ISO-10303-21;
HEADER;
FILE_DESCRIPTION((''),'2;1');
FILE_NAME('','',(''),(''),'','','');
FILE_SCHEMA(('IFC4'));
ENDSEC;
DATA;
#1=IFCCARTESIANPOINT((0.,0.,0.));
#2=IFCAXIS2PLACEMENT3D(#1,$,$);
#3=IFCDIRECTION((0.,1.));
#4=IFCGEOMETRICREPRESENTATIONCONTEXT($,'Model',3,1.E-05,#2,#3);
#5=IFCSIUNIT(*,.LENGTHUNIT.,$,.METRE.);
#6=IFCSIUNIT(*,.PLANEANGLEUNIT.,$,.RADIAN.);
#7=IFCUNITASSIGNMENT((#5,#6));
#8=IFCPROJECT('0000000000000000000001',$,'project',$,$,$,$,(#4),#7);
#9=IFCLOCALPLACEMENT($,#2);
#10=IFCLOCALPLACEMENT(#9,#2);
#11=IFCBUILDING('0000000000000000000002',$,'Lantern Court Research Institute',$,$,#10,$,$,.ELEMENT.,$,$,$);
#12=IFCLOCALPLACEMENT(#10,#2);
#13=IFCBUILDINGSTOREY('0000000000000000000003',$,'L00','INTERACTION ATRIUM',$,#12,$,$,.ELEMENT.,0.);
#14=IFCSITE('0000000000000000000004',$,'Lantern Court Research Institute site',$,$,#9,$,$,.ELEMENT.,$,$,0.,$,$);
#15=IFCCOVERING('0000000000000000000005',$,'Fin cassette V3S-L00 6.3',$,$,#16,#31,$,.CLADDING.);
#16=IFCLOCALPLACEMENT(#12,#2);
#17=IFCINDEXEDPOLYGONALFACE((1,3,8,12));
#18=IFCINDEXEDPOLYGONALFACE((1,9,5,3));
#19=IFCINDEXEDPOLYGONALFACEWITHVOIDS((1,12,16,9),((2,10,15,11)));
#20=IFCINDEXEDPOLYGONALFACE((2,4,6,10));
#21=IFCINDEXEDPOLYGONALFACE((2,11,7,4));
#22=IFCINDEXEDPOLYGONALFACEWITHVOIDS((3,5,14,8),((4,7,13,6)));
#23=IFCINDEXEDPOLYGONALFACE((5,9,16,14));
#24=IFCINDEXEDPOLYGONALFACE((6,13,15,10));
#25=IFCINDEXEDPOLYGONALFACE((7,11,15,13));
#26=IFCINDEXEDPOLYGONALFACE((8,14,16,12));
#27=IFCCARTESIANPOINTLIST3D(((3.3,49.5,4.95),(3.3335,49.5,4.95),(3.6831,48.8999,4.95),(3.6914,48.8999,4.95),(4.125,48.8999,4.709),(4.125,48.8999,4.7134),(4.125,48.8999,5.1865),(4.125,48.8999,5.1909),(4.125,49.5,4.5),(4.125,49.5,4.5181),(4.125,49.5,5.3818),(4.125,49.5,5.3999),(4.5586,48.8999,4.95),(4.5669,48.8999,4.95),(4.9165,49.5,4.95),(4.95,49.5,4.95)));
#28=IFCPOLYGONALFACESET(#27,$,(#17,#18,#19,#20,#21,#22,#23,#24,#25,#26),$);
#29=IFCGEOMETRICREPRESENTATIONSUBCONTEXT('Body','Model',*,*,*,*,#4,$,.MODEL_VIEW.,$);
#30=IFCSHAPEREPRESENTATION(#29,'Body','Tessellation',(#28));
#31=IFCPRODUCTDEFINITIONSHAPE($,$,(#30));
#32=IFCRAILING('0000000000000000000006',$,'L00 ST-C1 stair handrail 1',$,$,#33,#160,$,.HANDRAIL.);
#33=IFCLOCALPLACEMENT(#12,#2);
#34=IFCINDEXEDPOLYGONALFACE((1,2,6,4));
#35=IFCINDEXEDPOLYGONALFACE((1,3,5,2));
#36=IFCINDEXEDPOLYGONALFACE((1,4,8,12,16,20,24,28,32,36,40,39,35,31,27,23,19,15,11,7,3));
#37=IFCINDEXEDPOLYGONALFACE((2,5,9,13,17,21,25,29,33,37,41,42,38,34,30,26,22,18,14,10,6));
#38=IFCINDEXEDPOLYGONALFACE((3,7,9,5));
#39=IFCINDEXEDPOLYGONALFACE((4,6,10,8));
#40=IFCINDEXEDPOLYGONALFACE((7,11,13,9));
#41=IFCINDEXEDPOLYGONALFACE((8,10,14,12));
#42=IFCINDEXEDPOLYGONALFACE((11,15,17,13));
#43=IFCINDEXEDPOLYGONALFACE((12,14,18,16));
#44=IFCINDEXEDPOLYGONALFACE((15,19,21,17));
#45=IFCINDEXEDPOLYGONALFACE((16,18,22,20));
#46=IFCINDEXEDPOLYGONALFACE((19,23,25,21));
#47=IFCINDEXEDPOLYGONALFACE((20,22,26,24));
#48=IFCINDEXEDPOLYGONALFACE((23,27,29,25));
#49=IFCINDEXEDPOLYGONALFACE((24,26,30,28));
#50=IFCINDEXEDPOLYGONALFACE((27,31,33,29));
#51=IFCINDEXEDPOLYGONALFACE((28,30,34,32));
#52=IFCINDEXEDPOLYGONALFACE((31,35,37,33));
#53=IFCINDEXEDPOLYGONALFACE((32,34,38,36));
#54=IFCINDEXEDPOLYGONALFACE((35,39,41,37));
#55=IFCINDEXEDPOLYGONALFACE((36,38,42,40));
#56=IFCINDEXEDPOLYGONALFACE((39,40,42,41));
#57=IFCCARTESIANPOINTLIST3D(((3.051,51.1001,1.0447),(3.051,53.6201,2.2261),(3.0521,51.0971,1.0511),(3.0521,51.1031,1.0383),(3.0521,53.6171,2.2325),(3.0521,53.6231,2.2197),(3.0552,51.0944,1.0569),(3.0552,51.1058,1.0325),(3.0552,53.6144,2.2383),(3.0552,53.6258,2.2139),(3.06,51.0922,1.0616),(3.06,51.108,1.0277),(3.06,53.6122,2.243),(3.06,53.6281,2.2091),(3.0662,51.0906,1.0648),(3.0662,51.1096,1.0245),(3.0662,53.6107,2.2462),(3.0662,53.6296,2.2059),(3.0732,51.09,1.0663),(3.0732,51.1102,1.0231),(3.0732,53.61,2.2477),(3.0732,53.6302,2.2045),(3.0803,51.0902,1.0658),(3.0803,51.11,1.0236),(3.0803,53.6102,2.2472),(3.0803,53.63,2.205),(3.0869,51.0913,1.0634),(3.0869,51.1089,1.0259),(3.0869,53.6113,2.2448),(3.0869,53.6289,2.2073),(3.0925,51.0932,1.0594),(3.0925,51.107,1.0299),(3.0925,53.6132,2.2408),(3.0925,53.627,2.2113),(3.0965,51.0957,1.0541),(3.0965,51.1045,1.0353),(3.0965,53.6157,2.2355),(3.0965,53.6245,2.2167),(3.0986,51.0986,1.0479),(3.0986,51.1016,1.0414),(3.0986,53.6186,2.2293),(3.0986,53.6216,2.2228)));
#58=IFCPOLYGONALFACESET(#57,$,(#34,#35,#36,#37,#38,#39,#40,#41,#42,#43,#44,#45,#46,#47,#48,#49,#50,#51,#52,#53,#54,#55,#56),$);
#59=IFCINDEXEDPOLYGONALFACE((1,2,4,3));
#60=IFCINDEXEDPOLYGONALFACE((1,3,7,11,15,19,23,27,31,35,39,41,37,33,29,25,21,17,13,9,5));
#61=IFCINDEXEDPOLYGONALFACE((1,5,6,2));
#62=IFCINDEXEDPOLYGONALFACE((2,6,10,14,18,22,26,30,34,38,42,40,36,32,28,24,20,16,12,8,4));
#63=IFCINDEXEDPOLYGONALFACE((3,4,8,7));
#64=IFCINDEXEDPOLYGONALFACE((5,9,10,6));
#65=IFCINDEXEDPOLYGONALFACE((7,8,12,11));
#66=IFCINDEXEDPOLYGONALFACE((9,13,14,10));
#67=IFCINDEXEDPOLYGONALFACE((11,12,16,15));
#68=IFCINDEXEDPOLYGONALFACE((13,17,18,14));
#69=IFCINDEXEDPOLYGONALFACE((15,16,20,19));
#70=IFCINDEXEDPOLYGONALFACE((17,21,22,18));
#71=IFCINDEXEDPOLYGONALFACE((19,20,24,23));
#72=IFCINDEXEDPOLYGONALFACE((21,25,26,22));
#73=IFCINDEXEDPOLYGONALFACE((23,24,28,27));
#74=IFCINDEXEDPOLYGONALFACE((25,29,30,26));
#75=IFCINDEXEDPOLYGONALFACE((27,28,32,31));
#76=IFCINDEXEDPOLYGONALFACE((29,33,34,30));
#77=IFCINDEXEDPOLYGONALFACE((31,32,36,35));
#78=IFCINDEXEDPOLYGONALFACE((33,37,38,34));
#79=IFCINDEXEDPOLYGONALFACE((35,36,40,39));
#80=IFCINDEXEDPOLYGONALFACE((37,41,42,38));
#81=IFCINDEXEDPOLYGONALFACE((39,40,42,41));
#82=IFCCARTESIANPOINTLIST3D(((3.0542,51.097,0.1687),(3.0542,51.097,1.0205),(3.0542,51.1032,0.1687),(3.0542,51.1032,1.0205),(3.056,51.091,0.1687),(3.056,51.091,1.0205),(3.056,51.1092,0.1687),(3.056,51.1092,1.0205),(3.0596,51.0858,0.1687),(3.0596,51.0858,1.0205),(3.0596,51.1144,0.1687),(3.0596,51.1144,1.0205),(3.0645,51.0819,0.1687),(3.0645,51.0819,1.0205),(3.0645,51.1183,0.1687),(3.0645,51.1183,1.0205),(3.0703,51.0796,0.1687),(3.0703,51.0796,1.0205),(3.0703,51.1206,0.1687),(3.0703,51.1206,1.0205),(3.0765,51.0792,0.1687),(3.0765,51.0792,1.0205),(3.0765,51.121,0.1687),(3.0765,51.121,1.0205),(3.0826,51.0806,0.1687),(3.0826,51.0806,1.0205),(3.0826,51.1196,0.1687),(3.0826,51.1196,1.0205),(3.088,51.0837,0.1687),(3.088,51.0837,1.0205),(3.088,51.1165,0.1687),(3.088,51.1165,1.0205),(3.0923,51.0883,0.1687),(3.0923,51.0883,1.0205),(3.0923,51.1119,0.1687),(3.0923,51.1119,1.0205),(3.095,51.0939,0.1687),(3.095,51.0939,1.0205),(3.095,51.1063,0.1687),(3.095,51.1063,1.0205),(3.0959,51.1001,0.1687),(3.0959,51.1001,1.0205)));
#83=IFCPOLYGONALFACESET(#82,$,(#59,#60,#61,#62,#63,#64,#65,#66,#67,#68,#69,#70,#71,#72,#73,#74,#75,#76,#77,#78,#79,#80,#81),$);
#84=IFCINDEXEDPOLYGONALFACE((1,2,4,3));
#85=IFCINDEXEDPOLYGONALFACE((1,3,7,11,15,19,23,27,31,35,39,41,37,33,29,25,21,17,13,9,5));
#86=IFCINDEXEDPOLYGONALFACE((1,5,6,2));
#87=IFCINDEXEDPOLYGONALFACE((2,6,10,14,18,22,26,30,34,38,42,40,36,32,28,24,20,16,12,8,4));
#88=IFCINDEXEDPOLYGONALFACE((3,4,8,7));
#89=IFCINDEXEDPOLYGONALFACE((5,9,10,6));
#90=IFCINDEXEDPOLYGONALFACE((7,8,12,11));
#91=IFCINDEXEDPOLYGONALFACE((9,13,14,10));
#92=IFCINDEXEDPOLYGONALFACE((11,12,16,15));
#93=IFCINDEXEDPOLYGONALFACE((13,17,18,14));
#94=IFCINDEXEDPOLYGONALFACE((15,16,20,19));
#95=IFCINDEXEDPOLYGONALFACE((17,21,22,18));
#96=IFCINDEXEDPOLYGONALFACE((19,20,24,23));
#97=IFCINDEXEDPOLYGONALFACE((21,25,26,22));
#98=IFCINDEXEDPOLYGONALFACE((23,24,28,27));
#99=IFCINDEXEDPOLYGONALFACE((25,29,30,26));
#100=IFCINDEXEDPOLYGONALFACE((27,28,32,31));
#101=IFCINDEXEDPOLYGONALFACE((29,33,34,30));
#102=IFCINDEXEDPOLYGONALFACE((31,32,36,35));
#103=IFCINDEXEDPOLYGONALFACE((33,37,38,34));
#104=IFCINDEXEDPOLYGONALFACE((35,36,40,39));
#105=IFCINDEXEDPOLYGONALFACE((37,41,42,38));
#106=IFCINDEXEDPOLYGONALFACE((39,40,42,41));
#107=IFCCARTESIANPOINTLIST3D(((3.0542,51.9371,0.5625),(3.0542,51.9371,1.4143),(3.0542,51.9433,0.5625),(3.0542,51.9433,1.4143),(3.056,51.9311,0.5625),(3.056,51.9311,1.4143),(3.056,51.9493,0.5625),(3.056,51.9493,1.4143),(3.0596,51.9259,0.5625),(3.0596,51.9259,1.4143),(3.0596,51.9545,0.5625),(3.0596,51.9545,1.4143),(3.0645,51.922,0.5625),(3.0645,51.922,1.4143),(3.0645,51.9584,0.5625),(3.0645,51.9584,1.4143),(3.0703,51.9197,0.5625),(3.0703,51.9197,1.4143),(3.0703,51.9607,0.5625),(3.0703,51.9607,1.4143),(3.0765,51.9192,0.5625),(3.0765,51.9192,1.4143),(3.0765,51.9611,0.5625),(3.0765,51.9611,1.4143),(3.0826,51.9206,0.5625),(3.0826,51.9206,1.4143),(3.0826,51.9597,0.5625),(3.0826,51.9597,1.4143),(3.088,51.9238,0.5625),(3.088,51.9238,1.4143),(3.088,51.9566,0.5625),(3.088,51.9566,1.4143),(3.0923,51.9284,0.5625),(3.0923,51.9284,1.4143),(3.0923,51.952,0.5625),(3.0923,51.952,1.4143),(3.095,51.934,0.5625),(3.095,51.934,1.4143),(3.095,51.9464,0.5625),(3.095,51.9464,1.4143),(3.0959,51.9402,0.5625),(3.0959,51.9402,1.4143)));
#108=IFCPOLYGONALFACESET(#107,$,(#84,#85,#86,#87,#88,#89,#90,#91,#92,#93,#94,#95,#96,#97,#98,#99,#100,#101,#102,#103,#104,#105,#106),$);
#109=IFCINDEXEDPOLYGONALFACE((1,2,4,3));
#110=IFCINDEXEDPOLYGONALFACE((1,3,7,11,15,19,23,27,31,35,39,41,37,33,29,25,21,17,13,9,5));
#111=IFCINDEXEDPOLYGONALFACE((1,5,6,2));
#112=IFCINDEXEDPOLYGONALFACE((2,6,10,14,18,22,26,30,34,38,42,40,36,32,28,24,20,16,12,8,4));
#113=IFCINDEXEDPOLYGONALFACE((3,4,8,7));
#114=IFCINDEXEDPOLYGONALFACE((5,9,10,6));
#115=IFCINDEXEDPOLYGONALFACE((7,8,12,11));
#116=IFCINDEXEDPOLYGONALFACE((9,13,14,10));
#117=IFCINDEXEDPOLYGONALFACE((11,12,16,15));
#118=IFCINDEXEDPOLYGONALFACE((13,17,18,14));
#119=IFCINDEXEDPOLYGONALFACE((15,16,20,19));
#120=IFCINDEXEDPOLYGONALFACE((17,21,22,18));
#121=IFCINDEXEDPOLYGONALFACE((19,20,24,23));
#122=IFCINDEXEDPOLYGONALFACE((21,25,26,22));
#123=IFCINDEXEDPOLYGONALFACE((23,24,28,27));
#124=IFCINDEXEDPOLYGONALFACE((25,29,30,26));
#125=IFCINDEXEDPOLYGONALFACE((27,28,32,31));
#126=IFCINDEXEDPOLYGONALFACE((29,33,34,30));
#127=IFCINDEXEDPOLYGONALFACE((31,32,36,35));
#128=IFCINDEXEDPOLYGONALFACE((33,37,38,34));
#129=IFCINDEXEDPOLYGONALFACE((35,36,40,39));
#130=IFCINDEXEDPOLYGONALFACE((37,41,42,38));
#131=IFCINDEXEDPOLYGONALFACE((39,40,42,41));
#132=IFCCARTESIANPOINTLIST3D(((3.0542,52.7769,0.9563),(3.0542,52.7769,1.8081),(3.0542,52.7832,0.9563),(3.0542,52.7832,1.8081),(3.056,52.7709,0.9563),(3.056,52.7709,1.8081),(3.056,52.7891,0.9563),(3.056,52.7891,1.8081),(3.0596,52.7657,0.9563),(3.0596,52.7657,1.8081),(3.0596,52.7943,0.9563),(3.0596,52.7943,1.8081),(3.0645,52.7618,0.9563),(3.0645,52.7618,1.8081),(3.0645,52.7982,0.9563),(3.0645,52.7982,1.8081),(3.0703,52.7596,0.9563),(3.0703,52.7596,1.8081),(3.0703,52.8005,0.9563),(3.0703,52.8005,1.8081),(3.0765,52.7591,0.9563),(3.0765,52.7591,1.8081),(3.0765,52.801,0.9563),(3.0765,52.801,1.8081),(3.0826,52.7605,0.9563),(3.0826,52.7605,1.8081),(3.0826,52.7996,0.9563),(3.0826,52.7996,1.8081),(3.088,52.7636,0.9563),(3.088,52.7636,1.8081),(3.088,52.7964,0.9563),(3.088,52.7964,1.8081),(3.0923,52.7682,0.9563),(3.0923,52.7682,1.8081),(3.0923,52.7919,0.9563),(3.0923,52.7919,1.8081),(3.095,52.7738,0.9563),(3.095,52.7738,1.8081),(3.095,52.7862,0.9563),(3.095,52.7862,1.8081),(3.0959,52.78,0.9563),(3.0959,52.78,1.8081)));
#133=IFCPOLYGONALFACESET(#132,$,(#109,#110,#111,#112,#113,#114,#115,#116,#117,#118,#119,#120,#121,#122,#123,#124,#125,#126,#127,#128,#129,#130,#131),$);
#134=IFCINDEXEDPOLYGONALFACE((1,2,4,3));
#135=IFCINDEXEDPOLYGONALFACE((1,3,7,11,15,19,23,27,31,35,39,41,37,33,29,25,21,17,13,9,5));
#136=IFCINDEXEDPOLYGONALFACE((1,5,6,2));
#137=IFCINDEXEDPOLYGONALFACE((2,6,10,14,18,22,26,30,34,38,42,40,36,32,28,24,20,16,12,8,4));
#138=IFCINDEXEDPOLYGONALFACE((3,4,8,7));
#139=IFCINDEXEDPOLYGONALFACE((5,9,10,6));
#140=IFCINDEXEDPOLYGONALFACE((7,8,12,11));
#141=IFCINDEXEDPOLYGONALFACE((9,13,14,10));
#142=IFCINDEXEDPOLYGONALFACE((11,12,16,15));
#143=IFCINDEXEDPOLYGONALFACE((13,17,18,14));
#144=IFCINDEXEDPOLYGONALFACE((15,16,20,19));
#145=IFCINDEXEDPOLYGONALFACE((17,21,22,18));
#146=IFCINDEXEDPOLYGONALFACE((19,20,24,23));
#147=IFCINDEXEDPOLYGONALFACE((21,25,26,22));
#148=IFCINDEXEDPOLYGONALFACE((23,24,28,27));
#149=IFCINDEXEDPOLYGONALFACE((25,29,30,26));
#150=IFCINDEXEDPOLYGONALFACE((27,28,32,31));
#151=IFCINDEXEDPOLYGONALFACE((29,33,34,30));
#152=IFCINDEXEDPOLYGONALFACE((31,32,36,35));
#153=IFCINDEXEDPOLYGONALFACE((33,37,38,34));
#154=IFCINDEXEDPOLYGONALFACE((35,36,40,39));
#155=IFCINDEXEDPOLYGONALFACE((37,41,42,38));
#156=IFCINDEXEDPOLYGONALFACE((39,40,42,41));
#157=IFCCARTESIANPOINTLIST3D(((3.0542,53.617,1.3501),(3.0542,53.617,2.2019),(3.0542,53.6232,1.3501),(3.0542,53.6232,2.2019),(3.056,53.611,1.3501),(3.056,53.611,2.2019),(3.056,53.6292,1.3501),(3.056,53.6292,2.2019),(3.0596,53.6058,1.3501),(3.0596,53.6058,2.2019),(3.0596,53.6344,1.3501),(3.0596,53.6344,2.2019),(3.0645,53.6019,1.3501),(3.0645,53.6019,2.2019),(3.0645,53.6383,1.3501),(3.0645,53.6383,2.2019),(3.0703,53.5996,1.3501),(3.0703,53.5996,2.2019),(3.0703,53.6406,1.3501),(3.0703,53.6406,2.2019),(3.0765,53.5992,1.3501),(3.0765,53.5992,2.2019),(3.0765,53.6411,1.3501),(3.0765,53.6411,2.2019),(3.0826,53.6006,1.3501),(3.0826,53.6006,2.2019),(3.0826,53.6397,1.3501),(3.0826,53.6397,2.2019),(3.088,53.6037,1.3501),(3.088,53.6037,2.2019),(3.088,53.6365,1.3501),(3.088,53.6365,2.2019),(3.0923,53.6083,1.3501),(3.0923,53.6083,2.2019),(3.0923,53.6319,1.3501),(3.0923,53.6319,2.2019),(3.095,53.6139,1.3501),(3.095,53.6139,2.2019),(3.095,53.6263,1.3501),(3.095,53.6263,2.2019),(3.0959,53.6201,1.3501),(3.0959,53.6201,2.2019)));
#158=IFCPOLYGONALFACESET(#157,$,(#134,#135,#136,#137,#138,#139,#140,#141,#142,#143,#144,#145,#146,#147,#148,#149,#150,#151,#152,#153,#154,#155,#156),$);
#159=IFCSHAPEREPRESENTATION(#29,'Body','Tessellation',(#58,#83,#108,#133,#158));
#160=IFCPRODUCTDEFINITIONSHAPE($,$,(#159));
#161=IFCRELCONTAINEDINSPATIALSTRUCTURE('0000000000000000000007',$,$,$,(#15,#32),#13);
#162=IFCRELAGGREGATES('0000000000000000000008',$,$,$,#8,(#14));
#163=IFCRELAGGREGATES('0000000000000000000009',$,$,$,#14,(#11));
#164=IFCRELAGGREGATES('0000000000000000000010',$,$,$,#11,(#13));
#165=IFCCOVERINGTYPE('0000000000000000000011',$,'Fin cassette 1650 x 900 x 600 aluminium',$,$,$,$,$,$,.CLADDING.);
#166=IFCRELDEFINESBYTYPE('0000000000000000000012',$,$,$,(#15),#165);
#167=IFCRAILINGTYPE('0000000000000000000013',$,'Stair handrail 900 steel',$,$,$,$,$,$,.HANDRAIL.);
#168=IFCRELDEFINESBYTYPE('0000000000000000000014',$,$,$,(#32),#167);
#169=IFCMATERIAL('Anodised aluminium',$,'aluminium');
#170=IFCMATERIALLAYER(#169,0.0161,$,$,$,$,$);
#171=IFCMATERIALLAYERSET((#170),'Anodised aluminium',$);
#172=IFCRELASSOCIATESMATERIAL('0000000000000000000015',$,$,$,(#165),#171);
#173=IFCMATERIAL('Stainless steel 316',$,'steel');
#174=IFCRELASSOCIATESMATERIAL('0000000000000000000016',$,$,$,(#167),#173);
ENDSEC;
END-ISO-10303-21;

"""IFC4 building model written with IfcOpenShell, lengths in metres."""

from ifc_helpers import new_model, entity, si_unit, direction, frame, origin, origin_2d, place, context, subcontext, project, spatial, circle, extrude, material, layer, layer_set, type_object, element, save


model = new_model("IFC4")

# Units and contexts
model_context = context("Model", 3, precision=1e-05, world=origin(), true_north=direction((0.0, 1.0)))
body_context = subcontext(model_context, "Body", "Model", "MODEL_VIEW")
ifc_project = project(units=[si_unit("LENGTHUNIT", "METRE"), si_unit("PLANEANGLEUNIT", "RADIAN")], contexts=[model_context])

# Site, building, storey
site_placement = place(None, origin())
site = spatial("IfcSite", under=ifc_project, at=site_placement, Name="Lantern Court Research Institute site", CompositionType="ELEMENT", RefElevation=0.0)
building_placement = place(site_placement, origin())
building = spatial("IfcBuilding", under=site, at=building_placement, Name="Lantern Court Research Institute", CompositionType="ELEMENT")
storey_placement = place(building_placement, origin())
storey = spatial("IfcBuildingStorey", under=building, at=storey_placement, Name="L00", Description="INTERACTION ATRIUM", CompositionType="ELEMENT", Elevation=0.0)

# Covering
ifc_material_1 = material(Name="Anodised aluminium", Category="aluminium")
ifc_layer_1 = layer(ifc_material_1, 0.0161)
ifc_layer_set_1 = layer_set([ifc_layer_1], Name="Anodised aluminium")
covering_type = type_object("IfcCoveringType", Name="Fin cassette 1650 x 900 x 600 aluminium", PredefinedType="CLADDING", material=ifc_layer_set_1)
covering_1_placement = place(storey_placement, frame((4.125, 49.5, 4.95), z_axis=(0.0, -1.0, 0.0), x_axis=(1.0, 0.0, 0.0)))
cartesian_point_1 = entity("IfcCartesianPoint", [0.825, 0.0])
cartesian_point_2 = entity("IfcCartesianPoint", [0.7915, 0.0])
cartesian_point_3 = entity("IfcCartesianPoint", [0.4419, 0.0])
cartesian_point_4 = entity("IfcCartesianPoint", [0.4336, 0.0])
element("IfcCovering", 1, at=covering_1_placement, inside=storey, type_object=covering_type, Name="Fin cassette V3S-L00 6.3", PredefinedType="CLADDING", context=body_context, shape_type="SweptSolid", body=[
    entity("IfcExtrudedAreaSolidTapered", entity("IfcArbitraryProfileDefWithVoids", "AREA", None, entity("IfcPolyline", [cartesian_point_1, entity("IfcCartesianPoint", [0.0, 0.45]), entity("IfcCartesianPoint", [-0.825, 0.0]), entity("IfcCartesianPoint", [0.0, -0.45]), cartesian_point_1]), [entity("IfcPolyline", [cartesian_point_2, entity("IfcCartesianPoint", [0.0, 0.4319]), entity("IfcCartesianPoint", [-0.7915, 0.0]), entity("IfcCartesianPoint", [0.0, -0.4319]), cartesian_point_2])]), entity("IfcAxis2Placement3D", entity("IfcCartesianPoint", [0.0, 0.0, 0.0])), entity("IfcDirection", [0.0, 0.0, 1.0]), 0.6001, entity("IfcArbitraryProfileDefWithVoids", "AREA", None, entity("IfcPolyline", [cartesian_point_3, entity("IfcCartesianPoint", [0.0, 0.241]), entity("IfcCartesianPoint", [-0.4419, 0.0]), entity("IfcCartesianPoint", [0.0, -0.241]), cartesian_point_3]), [entity("IfcPolyline", [cartesian_point_4, entity("IfcCartesianPoint", [0.0, 0.2366]), entity("IfcCartesianPoint", [-0.4336, 0.0]), entity("IfcCartesianPoint", [0.0, -0.2366]), cartesian_point_4])])),
])

# Railing
ifc_material_2 = material(Name="Stainless steel 316", Category="steel")
railing_type = type_object("IfcRailingType", Name="Stair handrail 900 steel", PredefinedType="HANDRAIL", material=ifc_material_2)
for number, where, name in (
    (2, (3.075, 51.1001, 0.1687), "L00 ST-C1 stair handrail 1"),
):
    element("IfcRailing", number, at=place(storey_placement, frame(where)), inside=storey, type_object=railing_type, Name=name, PredefinedType="HANDRAIL", context=body_context, shape_type="SweptSolid", body=[
        extrude(circle(Radius=0.0239, at=origin_2d()), frame((0.0, 0.0, 0.876), z_axis=(0.0, 0.90544, 0.424474), x_axis=(-1.0, 0.0, 0.0)), (0.0, 0.0, 1.0), 2.7832),
        extrude(circle(Radius=0.021, at=origin_2d()), origin(), (0.0, 0.0, 1.0), 0.8518),
        extrude(circle(Radius=0.021, at=origin_2d()), frame((0.0, 0.8401, 0.3938)), (0.0, 0.0, 1.0), 0.8518),
        extrude(circle(Radius=0.021, at=origin_2d()), frame((0.0, 1.6799, 0.7876)), (0.0, 0.0, 1.0), 0.8518),
        extrude(circle(Radius=0.021, at=origin_2d()), frame((0.0, 2.52, 1.1814)), (0.0, 0.0, 1.0), 0.8518),
    ])

save(model, "model.ifc")
